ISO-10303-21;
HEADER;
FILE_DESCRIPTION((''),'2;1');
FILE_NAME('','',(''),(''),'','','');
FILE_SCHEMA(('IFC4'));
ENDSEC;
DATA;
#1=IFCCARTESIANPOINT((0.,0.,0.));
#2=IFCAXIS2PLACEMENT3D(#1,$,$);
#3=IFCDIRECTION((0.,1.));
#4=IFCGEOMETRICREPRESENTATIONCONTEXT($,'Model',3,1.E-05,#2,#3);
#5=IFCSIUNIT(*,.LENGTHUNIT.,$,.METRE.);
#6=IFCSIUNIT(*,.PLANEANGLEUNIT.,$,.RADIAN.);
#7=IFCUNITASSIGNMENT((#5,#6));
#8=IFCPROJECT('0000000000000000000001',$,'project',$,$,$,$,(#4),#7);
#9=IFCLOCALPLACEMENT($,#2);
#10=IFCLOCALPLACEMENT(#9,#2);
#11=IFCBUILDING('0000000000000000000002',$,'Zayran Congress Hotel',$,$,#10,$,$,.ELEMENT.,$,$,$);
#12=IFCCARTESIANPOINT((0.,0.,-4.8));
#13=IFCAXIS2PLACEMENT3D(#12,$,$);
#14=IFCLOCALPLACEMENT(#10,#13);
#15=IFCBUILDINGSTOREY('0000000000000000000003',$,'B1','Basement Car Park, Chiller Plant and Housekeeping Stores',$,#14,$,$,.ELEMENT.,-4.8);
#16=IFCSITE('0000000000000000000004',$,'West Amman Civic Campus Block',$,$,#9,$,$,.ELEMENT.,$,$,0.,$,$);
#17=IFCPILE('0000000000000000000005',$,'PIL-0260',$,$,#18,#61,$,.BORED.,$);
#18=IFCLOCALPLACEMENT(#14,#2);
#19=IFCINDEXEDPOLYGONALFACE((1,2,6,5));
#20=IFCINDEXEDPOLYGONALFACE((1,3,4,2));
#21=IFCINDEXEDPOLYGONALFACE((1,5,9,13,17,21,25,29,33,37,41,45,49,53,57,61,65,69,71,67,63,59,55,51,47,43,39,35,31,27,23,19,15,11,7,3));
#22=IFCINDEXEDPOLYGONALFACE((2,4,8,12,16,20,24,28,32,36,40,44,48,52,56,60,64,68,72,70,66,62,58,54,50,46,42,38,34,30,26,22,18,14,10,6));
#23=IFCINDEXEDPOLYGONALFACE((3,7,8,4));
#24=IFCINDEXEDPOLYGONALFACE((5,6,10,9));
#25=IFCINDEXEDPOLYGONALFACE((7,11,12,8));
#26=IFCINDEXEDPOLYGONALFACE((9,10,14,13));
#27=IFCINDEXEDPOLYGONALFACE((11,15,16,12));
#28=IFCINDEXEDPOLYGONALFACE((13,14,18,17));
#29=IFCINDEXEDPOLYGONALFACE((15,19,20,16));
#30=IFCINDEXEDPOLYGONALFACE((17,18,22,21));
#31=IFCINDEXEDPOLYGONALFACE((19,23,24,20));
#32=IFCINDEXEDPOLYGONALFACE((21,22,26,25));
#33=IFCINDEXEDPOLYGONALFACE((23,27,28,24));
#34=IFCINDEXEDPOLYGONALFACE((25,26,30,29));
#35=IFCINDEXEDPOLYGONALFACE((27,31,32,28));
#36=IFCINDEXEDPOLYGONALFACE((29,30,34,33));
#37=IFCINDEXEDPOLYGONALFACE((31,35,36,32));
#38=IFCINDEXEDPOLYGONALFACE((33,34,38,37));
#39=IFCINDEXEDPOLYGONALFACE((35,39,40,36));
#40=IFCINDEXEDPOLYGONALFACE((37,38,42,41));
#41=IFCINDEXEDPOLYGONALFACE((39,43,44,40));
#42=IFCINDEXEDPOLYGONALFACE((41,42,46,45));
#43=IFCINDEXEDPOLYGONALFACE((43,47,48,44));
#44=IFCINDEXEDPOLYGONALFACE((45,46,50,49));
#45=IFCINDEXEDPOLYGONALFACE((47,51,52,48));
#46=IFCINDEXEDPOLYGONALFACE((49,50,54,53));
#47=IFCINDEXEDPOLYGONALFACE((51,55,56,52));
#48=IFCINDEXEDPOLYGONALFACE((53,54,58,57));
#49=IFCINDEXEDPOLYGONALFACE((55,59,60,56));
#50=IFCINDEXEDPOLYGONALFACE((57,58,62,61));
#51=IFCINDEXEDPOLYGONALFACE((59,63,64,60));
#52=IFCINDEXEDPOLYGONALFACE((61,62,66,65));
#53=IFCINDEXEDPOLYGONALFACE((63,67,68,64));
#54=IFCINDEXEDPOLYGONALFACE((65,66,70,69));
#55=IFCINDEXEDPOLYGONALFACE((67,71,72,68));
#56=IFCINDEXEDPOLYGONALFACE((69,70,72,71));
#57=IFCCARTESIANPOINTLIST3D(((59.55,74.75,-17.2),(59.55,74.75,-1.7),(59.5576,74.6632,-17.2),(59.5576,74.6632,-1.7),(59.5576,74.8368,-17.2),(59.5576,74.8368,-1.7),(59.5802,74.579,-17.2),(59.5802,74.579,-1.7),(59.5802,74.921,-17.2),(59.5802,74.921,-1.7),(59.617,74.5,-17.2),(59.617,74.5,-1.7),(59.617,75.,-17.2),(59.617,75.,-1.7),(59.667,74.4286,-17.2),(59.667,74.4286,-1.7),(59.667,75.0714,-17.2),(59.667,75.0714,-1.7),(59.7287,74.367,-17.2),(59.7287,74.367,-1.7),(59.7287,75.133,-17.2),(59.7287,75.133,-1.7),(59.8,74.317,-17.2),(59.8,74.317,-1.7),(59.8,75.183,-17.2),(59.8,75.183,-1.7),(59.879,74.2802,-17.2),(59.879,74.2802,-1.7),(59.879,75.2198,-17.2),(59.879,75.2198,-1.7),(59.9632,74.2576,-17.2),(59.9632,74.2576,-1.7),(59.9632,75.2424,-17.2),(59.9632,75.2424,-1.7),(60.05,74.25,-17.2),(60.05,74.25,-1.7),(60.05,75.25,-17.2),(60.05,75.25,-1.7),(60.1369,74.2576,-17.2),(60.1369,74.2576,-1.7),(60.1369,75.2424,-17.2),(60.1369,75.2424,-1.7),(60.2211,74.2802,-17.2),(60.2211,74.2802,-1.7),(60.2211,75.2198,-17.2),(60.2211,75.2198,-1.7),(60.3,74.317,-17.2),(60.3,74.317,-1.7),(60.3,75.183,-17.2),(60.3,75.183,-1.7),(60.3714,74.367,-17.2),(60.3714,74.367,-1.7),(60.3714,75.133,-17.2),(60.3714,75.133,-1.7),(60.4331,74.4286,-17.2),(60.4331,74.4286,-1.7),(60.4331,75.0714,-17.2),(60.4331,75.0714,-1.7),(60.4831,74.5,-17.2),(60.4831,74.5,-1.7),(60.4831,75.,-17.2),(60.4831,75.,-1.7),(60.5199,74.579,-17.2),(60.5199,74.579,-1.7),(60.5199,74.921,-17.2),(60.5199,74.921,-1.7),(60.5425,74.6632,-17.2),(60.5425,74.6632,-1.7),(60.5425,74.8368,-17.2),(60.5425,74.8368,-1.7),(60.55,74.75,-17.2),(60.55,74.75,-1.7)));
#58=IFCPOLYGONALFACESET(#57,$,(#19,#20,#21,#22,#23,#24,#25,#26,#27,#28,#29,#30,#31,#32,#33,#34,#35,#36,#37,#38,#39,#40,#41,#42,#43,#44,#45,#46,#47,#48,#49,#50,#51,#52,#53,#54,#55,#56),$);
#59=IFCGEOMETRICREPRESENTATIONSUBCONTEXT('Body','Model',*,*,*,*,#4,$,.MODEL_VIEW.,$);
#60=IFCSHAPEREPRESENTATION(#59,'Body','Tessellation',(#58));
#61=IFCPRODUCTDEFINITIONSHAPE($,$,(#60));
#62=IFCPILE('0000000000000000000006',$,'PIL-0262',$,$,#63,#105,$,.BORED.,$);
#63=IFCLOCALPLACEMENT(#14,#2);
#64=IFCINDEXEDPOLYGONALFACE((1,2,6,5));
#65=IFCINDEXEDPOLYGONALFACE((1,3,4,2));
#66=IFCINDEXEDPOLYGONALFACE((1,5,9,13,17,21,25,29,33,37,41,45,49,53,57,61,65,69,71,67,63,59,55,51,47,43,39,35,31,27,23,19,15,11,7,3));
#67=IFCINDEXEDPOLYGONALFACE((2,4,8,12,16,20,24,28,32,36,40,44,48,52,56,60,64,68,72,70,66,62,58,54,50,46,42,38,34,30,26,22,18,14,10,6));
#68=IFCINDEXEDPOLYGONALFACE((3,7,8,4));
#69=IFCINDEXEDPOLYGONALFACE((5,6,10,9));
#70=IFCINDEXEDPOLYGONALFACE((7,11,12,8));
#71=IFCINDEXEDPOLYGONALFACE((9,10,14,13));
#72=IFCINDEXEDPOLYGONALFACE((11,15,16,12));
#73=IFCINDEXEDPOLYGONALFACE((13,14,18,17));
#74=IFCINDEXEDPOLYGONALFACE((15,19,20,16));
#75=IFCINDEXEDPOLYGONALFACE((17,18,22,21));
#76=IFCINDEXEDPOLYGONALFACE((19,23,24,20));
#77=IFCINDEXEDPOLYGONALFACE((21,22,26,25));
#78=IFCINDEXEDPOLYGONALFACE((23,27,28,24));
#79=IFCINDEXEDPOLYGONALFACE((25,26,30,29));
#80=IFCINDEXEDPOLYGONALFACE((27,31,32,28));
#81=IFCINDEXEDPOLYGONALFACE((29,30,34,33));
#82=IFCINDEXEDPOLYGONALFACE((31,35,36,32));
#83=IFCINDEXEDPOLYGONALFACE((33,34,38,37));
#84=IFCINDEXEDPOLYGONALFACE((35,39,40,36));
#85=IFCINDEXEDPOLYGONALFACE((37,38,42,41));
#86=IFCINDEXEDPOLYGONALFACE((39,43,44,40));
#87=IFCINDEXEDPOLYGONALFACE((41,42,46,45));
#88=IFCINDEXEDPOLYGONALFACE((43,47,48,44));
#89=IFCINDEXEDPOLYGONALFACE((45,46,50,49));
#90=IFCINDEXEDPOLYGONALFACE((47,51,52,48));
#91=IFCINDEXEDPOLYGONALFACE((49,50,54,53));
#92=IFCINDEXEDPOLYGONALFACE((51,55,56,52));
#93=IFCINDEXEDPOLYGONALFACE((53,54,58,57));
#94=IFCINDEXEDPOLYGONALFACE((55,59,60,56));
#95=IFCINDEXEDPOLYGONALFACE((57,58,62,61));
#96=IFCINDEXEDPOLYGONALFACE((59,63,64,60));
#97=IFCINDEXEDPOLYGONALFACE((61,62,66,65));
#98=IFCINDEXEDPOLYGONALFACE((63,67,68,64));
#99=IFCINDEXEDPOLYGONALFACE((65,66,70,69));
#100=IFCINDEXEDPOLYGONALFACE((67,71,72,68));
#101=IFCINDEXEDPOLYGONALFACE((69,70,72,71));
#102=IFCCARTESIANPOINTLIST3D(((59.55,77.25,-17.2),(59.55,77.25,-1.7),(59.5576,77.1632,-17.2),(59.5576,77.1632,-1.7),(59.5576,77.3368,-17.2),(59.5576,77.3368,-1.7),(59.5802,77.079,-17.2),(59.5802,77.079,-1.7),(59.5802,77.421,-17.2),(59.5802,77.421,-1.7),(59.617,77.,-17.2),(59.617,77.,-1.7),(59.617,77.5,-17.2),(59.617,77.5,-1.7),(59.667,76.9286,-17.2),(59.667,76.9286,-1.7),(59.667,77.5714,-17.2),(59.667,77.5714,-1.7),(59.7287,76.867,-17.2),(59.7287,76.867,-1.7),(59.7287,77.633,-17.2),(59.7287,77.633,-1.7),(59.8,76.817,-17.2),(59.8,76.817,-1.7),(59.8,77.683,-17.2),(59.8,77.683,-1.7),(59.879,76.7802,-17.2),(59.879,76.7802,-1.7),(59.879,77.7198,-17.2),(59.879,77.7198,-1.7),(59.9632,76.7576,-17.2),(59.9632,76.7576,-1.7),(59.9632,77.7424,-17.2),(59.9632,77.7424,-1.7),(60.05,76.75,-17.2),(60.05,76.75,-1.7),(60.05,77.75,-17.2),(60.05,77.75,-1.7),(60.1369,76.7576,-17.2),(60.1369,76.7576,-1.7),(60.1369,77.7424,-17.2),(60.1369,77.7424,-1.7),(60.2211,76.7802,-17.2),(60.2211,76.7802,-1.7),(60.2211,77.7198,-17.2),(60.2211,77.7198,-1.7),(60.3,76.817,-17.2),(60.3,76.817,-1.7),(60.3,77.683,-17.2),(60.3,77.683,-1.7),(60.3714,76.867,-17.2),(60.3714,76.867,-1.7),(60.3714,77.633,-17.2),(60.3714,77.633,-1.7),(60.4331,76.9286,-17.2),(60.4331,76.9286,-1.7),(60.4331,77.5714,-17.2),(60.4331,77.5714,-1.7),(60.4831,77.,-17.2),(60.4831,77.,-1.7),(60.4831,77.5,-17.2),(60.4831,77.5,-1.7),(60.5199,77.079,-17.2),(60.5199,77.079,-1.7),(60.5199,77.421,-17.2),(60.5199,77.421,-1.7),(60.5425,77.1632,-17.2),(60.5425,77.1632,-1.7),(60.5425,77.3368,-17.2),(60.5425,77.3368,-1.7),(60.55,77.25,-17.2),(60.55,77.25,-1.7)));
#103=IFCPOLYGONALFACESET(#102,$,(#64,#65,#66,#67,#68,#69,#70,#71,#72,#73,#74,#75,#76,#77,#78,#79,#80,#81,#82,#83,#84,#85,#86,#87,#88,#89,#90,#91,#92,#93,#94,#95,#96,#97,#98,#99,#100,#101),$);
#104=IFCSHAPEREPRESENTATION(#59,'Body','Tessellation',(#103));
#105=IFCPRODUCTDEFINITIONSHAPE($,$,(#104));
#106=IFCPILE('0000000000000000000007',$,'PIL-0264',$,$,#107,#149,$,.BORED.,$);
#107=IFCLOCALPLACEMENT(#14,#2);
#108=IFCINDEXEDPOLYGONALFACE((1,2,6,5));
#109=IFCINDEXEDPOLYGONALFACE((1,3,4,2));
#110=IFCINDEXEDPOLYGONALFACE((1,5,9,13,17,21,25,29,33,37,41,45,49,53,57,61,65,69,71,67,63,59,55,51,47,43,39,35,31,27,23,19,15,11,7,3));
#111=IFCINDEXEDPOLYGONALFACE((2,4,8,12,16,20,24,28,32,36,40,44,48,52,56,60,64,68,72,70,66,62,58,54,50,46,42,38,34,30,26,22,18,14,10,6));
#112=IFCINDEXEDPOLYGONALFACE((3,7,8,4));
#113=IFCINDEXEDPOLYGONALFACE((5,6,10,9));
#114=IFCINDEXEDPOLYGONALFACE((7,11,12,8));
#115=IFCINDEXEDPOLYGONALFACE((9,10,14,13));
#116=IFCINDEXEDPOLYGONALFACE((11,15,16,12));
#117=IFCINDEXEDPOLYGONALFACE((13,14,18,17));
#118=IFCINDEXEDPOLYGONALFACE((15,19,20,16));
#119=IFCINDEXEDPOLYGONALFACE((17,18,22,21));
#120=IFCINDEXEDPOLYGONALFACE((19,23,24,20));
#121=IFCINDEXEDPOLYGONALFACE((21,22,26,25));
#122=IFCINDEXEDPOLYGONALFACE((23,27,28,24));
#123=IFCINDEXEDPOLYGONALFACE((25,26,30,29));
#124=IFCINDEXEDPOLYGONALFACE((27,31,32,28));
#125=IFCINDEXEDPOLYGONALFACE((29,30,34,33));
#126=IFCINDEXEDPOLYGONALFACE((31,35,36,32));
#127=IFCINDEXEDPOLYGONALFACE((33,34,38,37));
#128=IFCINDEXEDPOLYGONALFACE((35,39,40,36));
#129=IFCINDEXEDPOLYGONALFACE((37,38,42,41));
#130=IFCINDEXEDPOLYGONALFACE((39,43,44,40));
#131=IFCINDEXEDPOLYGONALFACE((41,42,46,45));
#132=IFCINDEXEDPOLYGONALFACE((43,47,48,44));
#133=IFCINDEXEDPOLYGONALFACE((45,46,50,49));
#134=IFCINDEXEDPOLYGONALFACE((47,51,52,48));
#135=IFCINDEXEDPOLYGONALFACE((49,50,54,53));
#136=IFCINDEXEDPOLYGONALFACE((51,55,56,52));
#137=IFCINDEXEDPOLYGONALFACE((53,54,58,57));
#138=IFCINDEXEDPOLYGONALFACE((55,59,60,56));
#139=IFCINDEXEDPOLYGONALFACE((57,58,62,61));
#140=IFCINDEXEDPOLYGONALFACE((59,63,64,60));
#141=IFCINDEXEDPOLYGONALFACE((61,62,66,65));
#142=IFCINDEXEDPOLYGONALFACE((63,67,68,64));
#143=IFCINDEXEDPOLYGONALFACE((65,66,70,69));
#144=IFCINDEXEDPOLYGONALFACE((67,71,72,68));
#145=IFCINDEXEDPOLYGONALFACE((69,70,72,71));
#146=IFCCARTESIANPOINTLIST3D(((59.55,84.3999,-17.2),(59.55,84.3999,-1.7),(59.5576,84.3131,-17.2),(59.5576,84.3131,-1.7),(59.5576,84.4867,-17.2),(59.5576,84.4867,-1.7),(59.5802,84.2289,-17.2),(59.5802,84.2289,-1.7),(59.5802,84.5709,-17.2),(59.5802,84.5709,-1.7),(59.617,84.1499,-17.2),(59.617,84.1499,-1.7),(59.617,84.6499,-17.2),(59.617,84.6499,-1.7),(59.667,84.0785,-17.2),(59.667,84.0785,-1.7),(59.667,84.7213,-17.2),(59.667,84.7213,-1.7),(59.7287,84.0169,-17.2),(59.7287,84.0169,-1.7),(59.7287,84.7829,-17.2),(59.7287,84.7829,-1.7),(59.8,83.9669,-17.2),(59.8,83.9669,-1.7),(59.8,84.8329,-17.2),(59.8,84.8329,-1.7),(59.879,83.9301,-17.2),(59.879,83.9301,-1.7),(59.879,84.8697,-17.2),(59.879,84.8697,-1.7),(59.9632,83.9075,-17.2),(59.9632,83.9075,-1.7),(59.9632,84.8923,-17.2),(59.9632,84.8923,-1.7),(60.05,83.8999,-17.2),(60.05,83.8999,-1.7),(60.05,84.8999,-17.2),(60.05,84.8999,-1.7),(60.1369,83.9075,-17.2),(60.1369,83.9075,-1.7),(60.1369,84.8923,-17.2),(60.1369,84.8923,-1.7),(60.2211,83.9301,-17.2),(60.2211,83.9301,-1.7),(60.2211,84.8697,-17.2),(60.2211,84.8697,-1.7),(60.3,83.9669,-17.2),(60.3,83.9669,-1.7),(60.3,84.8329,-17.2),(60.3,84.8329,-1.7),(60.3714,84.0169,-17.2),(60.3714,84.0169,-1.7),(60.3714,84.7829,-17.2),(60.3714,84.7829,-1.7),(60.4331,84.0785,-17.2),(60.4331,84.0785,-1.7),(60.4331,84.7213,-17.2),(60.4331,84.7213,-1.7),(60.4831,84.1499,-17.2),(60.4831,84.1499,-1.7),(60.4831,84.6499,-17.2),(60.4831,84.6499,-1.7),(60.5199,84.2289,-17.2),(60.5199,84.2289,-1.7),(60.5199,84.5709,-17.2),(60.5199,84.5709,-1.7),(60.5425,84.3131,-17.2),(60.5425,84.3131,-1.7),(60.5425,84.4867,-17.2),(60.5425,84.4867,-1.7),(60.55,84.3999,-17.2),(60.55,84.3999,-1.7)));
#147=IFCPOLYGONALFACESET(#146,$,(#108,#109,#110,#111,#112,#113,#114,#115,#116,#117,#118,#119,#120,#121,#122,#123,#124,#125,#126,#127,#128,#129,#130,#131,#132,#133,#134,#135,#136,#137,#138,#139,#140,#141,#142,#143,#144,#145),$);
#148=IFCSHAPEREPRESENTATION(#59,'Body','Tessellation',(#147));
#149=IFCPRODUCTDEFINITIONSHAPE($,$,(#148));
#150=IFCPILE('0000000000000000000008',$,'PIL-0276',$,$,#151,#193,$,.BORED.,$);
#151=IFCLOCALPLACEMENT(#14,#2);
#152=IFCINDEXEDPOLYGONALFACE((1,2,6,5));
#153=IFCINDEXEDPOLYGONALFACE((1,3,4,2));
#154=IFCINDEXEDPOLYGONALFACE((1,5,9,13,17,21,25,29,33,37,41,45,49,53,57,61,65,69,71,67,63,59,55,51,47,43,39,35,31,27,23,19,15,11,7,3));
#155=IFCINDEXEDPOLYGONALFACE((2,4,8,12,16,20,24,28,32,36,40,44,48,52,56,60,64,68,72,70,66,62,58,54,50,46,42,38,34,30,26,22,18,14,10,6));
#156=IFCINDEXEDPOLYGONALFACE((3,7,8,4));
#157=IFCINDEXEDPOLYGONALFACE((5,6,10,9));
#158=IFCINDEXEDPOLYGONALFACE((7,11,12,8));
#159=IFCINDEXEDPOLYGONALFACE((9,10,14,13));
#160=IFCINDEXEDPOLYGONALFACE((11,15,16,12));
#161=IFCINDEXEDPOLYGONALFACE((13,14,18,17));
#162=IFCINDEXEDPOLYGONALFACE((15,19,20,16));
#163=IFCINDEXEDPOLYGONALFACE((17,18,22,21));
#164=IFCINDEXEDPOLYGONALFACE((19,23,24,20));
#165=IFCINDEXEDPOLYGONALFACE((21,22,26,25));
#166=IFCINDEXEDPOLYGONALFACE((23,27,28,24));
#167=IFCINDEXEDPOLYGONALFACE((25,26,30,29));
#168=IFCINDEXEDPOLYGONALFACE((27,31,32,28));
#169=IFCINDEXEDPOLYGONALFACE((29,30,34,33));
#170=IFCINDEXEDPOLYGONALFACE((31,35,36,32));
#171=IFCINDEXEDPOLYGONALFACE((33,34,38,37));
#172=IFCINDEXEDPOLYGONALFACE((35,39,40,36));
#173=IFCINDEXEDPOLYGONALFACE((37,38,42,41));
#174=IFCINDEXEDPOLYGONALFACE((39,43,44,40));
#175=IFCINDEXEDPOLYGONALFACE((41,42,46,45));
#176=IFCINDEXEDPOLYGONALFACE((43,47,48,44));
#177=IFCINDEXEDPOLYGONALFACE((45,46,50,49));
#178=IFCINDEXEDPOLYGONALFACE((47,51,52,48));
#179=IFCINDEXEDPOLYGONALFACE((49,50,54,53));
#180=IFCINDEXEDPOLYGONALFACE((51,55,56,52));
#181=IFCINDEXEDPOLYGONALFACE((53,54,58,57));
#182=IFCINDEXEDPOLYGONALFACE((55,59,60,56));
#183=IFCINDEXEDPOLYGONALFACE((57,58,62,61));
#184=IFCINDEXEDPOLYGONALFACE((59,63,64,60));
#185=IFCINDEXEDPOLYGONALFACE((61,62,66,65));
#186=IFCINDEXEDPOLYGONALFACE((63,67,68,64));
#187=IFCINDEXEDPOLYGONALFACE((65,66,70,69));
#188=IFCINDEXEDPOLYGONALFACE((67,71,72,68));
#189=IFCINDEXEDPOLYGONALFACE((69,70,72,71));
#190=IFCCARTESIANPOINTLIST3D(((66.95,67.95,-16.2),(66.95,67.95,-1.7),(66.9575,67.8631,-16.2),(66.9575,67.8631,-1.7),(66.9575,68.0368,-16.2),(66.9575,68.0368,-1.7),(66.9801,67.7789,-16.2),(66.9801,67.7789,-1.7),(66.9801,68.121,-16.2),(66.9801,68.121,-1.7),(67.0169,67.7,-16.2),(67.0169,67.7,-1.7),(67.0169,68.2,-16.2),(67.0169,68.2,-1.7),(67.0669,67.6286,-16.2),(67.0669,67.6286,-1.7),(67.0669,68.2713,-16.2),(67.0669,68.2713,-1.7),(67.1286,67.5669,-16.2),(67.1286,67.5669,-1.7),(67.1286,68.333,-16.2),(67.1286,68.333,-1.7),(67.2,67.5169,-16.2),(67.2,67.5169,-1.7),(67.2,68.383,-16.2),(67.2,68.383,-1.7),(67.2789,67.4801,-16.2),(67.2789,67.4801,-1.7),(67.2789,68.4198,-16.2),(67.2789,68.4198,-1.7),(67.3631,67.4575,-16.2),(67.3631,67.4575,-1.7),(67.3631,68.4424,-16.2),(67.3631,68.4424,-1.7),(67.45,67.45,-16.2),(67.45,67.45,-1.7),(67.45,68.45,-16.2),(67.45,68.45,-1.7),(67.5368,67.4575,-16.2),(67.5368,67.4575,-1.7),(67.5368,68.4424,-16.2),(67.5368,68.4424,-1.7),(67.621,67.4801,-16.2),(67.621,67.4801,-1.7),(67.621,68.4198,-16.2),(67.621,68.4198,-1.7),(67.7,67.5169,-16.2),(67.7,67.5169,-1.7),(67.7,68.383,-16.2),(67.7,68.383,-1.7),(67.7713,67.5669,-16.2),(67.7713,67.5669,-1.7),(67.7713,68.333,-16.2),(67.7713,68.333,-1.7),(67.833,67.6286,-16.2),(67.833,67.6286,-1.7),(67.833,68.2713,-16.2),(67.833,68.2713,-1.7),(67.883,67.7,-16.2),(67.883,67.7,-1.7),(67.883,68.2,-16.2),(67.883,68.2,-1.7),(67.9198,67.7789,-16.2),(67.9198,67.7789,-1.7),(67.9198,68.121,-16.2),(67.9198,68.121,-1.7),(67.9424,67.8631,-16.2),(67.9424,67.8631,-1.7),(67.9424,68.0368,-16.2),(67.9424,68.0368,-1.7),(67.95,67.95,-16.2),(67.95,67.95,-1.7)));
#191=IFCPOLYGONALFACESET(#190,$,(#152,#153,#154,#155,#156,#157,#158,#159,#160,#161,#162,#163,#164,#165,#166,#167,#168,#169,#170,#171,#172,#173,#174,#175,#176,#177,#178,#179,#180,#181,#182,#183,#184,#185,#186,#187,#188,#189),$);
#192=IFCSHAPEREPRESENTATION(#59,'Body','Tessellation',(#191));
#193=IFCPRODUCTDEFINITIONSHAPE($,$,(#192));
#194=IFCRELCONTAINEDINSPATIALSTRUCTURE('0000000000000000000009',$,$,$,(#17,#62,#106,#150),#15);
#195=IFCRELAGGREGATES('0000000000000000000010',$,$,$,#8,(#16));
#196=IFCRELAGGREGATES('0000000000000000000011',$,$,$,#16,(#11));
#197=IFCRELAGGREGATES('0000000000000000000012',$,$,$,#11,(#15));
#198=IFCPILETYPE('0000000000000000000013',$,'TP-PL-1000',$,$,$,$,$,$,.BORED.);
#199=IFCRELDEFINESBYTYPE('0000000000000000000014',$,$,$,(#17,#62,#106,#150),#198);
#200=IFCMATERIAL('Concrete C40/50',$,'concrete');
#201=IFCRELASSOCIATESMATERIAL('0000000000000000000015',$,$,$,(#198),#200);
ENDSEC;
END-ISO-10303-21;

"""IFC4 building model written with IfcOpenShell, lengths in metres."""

from ifc_helpers import new_model, si_unit, direction, frame, origin, origin_2d, place, context, subcontext, project, spatial, circle, extrude, material, material_profile, profile_set, type_object, element, save


model = new_model("IFC4")

# Units and contexts
model_context = context("Model", 3, precision=1e-05, world=origin(), true_north=direction((0.0, 1.0)))
body_context = subcontext(model_context, "Body", "Model", "MODEL_VIEW")
ifc_project = project(units=[si_unit("LENGTHUNIT", "METRE"), si_unit("PLANEANGLEUNIT", "RADIAN")], contexts=[model_context])

# Site, building, storey
site_placement = place(None, origin())
site = spatial("IfcSite", under=ifc_project, at=site_placement, Name="West Amman Civic Campus Block", CompositionType="ELEMENT", RefElevation=0.0)
building_placement = place(site_placement, origin())
building = spatial("IfcBuilding", under=site, at=building_placement, Name="Zayran Congress Hotel", CompositionType="ELEMENT")
storey_placement = place(building_placement, frame((0.0, 0.0, -4.8)))
storey = spatial("IfcBuildingStorey", under=building, at=storey_placement, Name="B1", Description="Basement Car Park, Chiller Plant and Housekeeping Stores", CompositionType="ELEMENT", Elevation=-4.8)

# Piles
ifc_material_1 = material(Name="Concrete C40/50", Category="concrete")
ifc_material_profile_1 = material_profile(ifc_material_1, circle(Radius=0.5, at=origin_2d()), Name="PILE D1000")
ifc_profile_set_1 = profile_set([ifc_material_profile_1], Name="Concrete C40/50")
pile_type = type_object("IfcPileType", Name="TP-PL-1000", PredefinedType="BORED", material=ifc_profile_set_1)
for number, where, z_axis, x_axis, name in (
    (1, (60.05, 74.75, -1.7), (0.0, 0.0, -1.0), (1.0, 0.0, 0.0), "PIL-0260"),
    (2, (60.05, 77.25, -1.7), (0.0, 0.0, -1.0), (1.0, 0.0, 0.0), "PIL-0262"),
    (3, (60.05, 84.3999, -1.7), (0.0, 0.0, -1.0), (1.0, 0.0, 0.0), "PIL-0264"),
):
    element("IfcPile", number, at=place(storey_placement, frame(where, z_axis=z_axis, x_axis=x_axis)), inside=storey, type_object=pile_type, Name=name, PredefinedType="BORED", context=body_context, shape_type="SweptSolid", body=[
        extrude(circle(Radius=0.5, at=origin_2d()), origin(), (0.0, 0.0, 1.0), 15.5),
    ])
pile_placement = place(storey_placement, frame((67.45, 67.95, -1.7), z_axis=(0.0, 0.0, -1.0), x_axis=(1.0, 0.0, 0.0)))
element("IfcPile", 4, at=pile_placement, inside=storey, type_object=pile_type, Name="PIL-0276", PredefinedType="BORED", context=body_context, shape_type="SweptSolid", body=[
    extrude(circle(Radius=0.5, at=origin_2d()), origin(), (0.0, 0.0, 1.0), 14.5),
])

save(model, "model.ifc")
